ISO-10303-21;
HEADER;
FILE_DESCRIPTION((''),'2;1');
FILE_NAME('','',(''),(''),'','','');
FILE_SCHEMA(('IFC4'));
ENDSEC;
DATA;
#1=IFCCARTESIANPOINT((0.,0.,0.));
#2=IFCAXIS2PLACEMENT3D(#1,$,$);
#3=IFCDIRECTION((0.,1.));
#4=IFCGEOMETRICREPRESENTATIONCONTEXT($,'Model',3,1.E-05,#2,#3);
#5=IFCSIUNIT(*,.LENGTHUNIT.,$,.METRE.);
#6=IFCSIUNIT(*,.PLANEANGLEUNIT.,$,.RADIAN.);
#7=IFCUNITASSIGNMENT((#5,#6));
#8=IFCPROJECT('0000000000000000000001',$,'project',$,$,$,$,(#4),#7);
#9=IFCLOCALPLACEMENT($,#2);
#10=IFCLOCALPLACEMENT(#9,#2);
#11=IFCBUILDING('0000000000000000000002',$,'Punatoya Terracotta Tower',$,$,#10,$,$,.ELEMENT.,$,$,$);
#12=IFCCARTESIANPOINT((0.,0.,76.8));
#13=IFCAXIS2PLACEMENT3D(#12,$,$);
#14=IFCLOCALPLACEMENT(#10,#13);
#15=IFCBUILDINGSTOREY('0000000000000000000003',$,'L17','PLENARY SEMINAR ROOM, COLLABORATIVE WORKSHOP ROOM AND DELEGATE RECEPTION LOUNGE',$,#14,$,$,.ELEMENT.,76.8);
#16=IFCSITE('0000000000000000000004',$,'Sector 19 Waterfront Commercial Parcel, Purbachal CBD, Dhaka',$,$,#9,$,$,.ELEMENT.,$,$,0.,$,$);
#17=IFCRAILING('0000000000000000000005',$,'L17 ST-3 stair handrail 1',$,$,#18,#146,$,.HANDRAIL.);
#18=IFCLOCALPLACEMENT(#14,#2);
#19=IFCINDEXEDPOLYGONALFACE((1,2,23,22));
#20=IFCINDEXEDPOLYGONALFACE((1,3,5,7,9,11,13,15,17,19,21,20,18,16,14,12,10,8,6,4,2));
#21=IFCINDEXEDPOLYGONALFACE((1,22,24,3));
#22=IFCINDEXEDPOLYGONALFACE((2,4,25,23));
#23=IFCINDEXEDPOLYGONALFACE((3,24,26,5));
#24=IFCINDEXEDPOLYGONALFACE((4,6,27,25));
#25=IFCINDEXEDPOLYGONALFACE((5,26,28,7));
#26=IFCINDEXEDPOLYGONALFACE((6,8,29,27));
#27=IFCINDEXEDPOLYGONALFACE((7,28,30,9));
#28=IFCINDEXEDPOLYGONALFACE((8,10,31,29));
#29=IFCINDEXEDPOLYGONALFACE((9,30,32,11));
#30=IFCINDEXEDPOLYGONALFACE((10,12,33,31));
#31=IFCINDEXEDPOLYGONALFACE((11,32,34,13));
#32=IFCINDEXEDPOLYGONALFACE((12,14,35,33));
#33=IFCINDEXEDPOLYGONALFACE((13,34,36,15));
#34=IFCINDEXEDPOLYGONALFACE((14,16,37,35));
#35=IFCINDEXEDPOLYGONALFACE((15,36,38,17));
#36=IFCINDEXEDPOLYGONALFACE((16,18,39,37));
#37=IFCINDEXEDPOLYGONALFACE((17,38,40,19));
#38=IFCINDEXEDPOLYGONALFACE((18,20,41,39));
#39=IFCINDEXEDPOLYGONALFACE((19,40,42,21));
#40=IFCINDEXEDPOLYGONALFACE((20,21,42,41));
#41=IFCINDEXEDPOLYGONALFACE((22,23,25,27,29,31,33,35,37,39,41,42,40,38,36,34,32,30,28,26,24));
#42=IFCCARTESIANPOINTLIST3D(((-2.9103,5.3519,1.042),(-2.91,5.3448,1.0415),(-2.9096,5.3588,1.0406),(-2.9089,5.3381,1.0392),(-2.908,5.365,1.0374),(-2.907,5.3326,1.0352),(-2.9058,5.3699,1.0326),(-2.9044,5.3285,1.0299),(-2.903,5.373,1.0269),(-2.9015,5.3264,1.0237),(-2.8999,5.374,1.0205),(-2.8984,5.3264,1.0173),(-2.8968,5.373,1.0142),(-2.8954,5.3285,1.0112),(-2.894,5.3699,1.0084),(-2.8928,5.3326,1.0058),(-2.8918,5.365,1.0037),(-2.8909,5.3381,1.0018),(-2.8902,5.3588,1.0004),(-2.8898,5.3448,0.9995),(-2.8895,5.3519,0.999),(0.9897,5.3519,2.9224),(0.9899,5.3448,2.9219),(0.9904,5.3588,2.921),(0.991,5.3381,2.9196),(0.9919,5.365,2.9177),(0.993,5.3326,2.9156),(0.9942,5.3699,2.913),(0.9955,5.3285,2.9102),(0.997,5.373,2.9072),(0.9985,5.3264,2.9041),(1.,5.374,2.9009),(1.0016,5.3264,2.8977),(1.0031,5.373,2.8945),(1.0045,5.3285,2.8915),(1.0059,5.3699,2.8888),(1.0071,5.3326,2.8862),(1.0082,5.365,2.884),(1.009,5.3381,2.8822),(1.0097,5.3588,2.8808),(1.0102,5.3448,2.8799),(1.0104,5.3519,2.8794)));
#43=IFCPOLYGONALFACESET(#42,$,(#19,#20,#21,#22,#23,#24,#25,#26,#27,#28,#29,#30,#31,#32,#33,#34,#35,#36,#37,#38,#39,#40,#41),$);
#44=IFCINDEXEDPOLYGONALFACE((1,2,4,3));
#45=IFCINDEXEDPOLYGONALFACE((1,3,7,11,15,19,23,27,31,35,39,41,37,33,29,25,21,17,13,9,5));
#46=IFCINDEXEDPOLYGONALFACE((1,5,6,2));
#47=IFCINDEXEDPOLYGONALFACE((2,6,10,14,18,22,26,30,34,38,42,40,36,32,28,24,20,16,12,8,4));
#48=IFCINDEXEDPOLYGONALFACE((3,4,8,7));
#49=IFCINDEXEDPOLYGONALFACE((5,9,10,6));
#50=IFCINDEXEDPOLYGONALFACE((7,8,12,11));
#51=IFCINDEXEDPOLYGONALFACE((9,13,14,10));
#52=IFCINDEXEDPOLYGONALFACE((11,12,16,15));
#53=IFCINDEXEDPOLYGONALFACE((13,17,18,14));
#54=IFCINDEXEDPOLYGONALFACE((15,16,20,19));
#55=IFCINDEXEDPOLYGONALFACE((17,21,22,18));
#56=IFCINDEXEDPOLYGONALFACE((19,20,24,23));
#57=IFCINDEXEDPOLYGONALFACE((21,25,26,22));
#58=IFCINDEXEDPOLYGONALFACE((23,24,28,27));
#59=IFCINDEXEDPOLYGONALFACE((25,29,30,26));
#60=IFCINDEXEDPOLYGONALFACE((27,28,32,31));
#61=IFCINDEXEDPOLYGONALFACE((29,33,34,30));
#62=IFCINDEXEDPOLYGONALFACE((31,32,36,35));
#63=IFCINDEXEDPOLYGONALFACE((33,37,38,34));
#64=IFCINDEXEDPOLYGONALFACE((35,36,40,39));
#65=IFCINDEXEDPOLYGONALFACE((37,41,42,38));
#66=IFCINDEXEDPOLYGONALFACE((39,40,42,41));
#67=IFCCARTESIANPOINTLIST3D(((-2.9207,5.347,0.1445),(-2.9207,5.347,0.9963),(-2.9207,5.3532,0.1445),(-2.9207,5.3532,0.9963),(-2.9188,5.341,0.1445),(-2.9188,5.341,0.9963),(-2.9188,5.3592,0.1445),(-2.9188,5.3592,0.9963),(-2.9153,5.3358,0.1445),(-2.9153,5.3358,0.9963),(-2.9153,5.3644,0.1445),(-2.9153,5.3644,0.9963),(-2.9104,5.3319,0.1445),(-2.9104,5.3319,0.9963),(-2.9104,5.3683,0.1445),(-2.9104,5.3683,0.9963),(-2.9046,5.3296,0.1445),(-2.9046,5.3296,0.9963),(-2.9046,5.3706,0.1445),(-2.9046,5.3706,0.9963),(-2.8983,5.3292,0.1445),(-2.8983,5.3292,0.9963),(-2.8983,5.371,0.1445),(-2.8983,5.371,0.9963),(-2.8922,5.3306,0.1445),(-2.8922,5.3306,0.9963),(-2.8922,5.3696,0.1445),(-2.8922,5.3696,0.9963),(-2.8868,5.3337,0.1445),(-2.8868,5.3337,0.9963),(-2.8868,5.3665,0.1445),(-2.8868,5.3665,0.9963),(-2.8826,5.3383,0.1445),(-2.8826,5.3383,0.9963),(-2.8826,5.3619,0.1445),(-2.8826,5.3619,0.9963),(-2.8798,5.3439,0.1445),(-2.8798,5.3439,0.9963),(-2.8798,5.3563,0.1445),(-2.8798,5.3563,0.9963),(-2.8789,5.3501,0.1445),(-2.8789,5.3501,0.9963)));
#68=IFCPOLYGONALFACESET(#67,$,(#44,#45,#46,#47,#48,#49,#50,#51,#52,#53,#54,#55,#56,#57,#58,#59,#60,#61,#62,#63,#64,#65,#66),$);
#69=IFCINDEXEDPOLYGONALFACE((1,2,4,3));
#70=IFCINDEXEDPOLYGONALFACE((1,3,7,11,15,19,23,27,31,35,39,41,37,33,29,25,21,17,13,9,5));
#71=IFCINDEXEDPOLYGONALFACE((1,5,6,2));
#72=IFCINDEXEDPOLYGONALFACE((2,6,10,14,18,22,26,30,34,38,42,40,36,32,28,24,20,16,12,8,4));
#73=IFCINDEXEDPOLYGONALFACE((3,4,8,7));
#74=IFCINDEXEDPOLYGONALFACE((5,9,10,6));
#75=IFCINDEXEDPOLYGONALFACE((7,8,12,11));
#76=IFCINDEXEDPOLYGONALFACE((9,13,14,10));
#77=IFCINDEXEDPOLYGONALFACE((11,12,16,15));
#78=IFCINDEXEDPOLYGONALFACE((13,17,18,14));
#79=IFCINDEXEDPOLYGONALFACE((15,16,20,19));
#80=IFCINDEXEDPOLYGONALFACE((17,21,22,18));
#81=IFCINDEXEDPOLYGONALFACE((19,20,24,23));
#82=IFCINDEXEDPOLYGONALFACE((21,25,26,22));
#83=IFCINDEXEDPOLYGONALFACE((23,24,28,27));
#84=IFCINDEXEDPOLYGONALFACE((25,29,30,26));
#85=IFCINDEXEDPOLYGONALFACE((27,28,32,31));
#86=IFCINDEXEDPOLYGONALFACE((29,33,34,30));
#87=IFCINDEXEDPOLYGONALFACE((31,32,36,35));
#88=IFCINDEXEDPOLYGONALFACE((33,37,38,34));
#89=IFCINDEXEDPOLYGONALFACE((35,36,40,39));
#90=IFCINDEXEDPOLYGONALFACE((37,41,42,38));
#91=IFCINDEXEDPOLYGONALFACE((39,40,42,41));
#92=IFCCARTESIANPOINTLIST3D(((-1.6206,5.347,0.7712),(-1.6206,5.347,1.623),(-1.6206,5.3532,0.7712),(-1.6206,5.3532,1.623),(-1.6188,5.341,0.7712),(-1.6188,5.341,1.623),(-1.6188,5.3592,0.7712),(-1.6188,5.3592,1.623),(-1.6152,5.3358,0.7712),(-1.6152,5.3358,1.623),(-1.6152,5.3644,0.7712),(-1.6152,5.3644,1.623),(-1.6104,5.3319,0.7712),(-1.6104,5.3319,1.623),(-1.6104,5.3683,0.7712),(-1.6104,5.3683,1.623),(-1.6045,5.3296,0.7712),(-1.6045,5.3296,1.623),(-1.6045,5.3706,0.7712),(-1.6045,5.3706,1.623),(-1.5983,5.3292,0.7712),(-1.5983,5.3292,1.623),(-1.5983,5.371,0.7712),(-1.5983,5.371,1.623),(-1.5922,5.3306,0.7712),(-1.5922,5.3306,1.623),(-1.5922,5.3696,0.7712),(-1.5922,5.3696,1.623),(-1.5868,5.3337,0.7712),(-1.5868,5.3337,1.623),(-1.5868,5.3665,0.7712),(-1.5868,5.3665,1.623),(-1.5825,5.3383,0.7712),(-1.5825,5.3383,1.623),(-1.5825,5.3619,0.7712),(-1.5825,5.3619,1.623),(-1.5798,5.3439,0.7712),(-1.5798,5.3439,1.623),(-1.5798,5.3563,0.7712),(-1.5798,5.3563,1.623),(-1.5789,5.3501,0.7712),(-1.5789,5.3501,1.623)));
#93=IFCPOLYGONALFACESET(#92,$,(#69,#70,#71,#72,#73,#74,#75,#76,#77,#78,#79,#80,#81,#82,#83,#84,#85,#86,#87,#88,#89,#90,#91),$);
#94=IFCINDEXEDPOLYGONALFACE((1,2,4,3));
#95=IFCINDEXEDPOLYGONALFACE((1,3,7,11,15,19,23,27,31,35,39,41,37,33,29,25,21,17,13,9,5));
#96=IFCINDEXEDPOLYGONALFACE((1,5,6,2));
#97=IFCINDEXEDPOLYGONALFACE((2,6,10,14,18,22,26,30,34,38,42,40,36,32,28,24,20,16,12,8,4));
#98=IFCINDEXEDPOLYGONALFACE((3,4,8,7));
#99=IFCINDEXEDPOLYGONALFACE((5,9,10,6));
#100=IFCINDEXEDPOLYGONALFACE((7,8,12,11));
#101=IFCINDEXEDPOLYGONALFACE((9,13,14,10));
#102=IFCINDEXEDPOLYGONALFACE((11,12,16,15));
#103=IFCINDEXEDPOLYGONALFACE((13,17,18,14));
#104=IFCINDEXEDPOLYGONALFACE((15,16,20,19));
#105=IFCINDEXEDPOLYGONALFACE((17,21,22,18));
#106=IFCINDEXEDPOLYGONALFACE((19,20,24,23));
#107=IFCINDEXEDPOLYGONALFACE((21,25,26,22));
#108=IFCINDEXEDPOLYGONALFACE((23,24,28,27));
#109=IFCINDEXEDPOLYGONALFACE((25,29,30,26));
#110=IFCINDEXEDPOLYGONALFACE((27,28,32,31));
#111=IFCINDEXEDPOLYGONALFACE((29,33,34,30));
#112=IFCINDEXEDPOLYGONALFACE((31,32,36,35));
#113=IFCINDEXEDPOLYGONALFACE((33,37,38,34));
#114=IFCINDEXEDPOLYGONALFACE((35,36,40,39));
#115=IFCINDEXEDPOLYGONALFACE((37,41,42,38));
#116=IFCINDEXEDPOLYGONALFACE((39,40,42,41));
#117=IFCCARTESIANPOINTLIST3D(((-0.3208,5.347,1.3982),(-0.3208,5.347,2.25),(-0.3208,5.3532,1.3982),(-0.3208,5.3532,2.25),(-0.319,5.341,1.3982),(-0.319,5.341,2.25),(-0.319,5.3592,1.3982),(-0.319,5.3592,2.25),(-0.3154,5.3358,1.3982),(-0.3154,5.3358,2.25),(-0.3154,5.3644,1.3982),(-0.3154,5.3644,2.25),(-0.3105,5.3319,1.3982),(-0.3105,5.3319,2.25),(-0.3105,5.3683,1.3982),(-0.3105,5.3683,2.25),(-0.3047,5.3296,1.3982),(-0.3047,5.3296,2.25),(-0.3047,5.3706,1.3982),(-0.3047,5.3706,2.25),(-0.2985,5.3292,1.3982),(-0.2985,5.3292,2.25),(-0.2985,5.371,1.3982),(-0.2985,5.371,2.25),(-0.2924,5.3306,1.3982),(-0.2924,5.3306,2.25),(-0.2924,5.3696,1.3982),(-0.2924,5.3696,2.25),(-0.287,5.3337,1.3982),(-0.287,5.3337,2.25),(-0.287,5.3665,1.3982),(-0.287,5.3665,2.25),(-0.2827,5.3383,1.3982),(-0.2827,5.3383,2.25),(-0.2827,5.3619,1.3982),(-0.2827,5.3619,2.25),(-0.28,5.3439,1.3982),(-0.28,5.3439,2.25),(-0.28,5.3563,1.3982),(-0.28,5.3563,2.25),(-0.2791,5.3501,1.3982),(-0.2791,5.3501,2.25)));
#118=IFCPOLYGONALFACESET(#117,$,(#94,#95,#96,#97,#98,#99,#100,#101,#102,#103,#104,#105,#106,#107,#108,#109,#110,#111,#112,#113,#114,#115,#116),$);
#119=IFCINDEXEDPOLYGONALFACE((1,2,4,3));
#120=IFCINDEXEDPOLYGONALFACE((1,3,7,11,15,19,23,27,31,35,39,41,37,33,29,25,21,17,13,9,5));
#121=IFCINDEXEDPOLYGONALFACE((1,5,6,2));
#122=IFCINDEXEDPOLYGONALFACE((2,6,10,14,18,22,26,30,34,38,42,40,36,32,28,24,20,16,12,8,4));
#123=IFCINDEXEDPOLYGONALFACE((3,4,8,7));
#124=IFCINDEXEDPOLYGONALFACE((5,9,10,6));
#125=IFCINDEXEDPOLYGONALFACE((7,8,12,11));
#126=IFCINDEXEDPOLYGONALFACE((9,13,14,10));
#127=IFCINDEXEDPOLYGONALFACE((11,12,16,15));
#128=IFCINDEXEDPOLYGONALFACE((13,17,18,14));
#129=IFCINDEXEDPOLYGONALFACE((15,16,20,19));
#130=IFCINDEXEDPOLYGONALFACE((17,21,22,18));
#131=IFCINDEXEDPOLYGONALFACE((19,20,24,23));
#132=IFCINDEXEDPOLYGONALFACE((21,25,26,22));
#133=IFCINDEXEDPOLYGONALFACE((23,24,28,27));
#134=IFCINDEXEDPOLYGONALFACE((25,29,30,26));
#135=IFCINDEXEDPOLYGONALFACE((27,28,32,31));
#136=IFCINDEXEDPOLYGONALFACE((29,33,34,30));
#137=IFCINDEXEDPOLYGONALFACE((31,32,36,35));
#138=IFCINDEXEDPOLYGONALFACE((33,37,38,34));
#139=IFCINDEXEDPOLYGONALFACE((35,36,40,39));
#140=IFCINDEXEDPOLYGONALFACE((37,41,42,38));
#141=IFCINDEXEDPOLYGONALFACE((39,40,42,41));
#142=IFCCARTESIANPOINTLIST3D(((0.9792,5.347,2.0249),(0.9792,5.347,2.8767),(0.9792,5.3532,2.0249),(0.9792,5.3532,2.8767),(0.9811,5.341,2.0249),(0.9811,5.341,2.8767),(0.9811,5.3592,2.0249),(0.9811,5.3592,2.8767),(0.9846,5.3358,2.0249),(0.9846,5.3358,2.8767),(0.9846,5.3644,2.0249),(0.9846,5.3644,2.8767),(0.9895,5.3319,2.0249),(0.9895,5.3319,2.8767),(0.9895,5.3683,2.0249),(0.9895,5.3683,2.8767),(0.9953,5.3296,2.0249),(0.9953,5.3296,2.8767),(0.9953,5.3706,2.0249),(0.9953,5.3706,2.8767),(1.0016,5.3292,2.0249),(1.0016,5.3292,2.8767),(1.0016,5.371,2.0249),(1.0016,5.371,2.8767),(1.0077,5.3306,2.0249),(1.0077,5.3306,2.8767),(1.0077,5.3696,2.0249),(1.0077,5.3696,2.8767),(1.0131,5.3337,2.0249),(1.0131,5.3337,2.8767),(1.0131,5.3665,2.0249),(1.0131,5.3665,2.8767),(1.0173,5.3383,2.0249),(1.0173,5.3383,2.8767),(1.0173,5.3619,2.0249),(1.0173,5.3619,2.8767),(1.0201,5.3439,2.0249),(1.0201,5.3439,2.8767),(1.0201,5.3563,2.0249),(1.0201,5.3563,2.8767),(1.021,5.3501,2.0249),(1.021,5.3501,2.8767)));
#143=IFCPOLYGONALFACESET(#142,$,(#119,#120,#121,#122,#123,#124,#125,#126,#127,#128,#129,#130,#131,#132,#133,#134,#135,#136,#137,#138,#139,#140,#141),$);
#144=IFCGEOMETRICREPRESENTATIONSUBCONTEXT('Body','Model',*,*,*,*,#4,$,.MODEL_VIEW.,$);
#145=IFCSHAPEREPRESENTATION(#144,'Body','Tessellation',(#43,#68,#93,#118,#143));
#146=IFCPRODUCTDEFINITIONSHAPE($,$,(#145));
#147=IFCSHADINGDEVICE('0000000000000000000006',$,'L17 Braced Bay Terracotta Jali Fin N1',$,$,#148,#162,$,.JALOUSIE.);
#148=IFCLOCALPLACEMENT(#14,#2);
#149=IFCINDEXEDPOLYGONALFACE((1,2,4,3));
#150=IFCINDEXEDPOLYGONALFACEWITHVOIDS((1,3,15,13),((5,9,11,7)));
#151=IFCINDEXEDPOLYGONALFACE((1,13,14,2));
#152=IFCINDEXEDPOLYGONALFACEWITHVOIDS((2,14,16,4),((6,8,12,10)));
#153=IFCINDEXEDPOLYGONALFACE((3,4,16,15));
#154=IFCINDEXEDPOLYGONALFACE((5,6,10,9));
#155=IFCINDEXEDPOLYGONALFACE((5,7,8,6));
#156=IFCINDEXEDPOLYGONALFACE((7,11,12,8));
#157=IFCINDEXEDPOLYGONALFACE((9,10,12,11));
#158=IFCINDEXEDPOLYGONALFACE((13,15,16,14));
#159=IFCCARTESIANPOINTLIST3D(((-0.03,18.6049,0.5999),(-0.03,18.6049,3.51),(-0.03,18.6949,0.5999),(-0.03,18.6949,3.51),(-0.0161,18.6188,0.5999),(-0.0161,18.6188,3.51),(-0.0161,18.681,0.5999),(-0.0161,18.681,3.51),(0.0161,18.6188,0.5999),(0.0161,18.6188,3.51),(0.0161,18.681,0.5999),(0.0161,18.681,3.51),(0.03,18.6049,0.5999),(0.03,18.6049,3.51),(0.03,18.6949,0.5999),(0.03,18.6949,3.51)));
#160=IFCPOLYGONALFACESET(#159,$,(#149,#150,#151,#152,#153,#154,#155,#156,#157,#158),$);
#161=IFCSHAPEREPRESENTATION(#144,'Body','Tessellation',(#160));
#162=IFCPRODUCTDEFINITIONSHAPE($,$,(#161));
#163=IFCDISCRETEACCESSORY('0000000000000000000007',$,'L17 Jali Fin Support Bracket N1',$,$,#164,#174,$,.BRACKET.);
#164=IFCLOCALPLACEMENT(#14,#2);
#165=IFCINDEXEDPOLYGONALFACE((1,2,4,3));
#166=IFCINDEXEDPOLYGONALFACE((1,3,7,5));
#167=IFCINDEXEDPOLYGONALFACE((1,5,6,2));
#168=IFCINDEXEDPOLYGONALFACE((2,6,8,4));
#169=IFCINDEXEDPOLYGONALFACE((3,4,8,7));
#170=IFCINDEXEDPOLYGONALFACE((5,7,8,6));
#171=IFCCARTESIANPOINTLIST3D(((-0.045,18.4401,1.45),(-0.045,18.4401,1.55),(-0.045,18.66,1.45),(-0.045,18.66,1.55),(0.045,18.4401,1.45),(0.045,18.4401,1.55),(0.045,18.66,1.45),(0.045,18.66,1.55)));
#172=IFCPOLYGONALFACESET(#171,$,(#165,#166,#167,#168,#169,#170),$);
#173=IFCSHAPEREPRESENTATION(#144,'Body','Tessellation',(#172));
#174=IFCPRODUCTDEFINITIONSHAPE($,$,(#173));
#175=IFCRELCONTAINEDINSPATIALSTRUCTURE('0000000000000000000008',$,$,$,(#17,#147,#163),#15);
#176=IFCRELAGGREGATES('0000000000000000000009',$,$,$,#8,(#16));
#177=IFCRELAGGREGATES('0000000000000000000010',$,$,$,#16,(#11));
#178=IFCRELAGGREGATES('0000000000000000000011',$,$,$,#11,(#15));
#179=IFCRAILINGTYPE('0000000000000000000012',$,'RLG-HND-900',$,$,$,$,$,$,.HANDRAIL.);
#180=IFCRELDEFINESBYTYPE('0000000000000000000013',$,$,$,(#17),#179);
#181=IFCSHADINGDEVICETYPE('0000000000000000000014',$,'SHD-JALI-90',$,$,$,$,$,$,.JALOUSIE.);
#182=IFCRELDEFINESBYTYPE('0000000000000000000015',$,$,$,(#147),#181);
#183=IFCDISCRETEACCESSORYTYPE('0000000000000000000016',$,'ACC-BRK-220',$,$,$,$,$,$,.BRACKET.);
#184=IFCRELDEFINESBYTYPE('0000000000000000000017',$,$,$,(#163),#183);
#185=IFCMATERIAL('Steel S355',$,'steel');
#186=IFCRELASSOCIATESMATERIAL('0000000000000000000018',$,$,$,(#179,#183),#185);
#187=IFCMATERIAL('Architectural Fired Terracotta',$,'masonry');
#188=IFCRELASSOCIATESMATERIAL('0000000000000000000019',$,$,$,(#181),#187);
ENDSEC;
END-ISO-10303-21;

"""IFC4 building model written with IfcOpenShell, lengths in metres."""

from ifc_helpers import new_model, si_unit, direction, frame, origin, origin_2d, place, context, subcontext, project, spatial, rectangle, hollow_rectangle, circle, extrude, material, material_profile, profile_set, type_object, element, save


model = new_model("IFC4")

# Units and contexts
model_context = context("Model", 3, precision=1e-05, world=origin(), true_north=direction((0.0, 1.0)))
body_context = subcontext(model_context, "Body", "Model", "MODEL_VIEW")
ifc_project = project(units=[si_unit("LENGTHUNIT", "METRE"), si_unit("PLANEANGLEUNIT", "RADIAN")], contexts=[model_context])

# Site, building, storey
site_placement = place(None, origin())
site = spatial("IfcSite", under=ifc_project, at=site_placement, Name="Sector 19 Waterfront Commercial Parcel, Purbachal CBD, Dhaka", CompositionType="ELEMENT", RefElevation=0.0)
building_placement = place(site_placement, origin())
building = spatial("IfcBuilding", under=site, at=building_placement, Name="Punatoya Terracotta Tower", CompositionType="ELEMENT")
storey_placement = place(building_placement, frame((0.0, 0.0, 76.8)))
storey = spatial("IfcBuildingStorey", under=building, at=storey_placement, Name="L17", Description="PLENARY SEMINAR ROOM, COLLABORATIVE WORKSHOP ROOM AND DELEGATE RECEPTION LOUNGE", CompositionType="ELEMENT", Elevation=76.8)

# Shared definitions
ifc_material_1 = material(Name="Steel S355", Category="steel")

# Railing
railing_type_1 = type_object("IfcRailingType", Name="RLG-HND-900", PredefinedType="HANDRAIL", material=ifc_material_1)
railing_1_placement = place(storey_placement, frame((-2.8999, 5.3501, 0.1445)))
element("IfcRailing", 1, at=railing_1_placement, inside=storey, type_object=railing_type_1, Name="L17 ST-3 stair handrail 1", PredefinedType="HANDRAIL", context=body_context, shape_type="SweptSolid", body=[
    extrude(circle(Radius=0.0239, at=origin_2d()), frame((0.0, 0.0, 0.876), z_axis=(0.900763, 0.0, 0.434311), x_axis=(0.0, 1.0, 0.0)), (0.0, 0.0, 1.0), 4.3296),
    extrude(circle(Radius=0.021, at=origin_2d()), origin(), (0.0, 0.0, 1.0), 0.8518),
    extrude(circle(Radius=0.021, at=origin_2d()), frame((1.3, 0.0, 0.6267)), (0.0, 0.0, 1.0), 0.8518),
    extrude(circle(Radius=0.021, at=origin_2d()), frame((2.5999, 0.0, 1.2537)), (0.0, 0.0, 1.0), 0.8518),
    extrude(circle(Radius=0.021, at=origin_2d()), frame((3.8999, 0.0, 1.8804)), (0.0, 0.0, 1.0), 0.8518),
])

# Shading device
ifc_material_2 = material(Name="Architectural Fired Terracotta", Category="masonry")
ifc_material_profile_1 = material_profile(ifc_material_2, hollow_rectangle(XDim=0.0601, YDim=0.0901, WallThickness=0.0139, at=origin_2d()))
ifc_profile_set_1 = profile_set([ifc_material_profile_1], Name="Architectural Fired Terracotta")
shading_device_type = type_object("IfcShadingDeviceType", Name="SHD-JALI-90", PredefinedType="JALOUSIE", material=ifc_profile_set_1)
shading_device_placement = place(storey_placement, frame((0.0, 18.6499, 0.5999), z_axis=(0.0, 0.0, 1.0), x_axis=(1.0, 0.0, 0.0)))
element("IfcShadingDevice", 2, at=shading_device_placement, inside=storey, type_object=shading_device_type, Name="L17 Braced Bay Terracotta Jali Fin N1", PredefinedType="JALOUSIE", context=body_context, shape_type="SweptSolid", body=[
    extrude(hollow_rectangle(XDim=0.0601, YDim=0.0901, WallThickness=0.0139, at=origin_2d()), origin(), (0.0, 0.0, 1.0), 2.9102),
])

# Discrete accessory
discrete_accessory_type = type_object("IfcDiscreteAccessoryType", Name="ACC-BRK-220", PredefinedType="BRACKET", material=ifc_material_1)
discrete_accessory_placement = place(storey_placement, frame((0.0, 18.55, 1.45), z_axis=(0.0, 0.0, 1.0), x_axis=(-1.0, 0.0, 0.0)))
element("IfcDiscreteAccessory", 3, at=discrete_accessory_placement, inside=storey, type_object=discrete_accessory_type, Name="L17 Jali Fin Support Bracket N1", PredefinedType="BRACKET", context=body_context, shape_type="SweptSolid", body=[
    extrude(rectangle(XDim=0.0901, YDim=0.22, at=origin_2d()), origin(), (0.0, 0.0, 1.0), 0.1001),
])

save(model, "model.ifc")
